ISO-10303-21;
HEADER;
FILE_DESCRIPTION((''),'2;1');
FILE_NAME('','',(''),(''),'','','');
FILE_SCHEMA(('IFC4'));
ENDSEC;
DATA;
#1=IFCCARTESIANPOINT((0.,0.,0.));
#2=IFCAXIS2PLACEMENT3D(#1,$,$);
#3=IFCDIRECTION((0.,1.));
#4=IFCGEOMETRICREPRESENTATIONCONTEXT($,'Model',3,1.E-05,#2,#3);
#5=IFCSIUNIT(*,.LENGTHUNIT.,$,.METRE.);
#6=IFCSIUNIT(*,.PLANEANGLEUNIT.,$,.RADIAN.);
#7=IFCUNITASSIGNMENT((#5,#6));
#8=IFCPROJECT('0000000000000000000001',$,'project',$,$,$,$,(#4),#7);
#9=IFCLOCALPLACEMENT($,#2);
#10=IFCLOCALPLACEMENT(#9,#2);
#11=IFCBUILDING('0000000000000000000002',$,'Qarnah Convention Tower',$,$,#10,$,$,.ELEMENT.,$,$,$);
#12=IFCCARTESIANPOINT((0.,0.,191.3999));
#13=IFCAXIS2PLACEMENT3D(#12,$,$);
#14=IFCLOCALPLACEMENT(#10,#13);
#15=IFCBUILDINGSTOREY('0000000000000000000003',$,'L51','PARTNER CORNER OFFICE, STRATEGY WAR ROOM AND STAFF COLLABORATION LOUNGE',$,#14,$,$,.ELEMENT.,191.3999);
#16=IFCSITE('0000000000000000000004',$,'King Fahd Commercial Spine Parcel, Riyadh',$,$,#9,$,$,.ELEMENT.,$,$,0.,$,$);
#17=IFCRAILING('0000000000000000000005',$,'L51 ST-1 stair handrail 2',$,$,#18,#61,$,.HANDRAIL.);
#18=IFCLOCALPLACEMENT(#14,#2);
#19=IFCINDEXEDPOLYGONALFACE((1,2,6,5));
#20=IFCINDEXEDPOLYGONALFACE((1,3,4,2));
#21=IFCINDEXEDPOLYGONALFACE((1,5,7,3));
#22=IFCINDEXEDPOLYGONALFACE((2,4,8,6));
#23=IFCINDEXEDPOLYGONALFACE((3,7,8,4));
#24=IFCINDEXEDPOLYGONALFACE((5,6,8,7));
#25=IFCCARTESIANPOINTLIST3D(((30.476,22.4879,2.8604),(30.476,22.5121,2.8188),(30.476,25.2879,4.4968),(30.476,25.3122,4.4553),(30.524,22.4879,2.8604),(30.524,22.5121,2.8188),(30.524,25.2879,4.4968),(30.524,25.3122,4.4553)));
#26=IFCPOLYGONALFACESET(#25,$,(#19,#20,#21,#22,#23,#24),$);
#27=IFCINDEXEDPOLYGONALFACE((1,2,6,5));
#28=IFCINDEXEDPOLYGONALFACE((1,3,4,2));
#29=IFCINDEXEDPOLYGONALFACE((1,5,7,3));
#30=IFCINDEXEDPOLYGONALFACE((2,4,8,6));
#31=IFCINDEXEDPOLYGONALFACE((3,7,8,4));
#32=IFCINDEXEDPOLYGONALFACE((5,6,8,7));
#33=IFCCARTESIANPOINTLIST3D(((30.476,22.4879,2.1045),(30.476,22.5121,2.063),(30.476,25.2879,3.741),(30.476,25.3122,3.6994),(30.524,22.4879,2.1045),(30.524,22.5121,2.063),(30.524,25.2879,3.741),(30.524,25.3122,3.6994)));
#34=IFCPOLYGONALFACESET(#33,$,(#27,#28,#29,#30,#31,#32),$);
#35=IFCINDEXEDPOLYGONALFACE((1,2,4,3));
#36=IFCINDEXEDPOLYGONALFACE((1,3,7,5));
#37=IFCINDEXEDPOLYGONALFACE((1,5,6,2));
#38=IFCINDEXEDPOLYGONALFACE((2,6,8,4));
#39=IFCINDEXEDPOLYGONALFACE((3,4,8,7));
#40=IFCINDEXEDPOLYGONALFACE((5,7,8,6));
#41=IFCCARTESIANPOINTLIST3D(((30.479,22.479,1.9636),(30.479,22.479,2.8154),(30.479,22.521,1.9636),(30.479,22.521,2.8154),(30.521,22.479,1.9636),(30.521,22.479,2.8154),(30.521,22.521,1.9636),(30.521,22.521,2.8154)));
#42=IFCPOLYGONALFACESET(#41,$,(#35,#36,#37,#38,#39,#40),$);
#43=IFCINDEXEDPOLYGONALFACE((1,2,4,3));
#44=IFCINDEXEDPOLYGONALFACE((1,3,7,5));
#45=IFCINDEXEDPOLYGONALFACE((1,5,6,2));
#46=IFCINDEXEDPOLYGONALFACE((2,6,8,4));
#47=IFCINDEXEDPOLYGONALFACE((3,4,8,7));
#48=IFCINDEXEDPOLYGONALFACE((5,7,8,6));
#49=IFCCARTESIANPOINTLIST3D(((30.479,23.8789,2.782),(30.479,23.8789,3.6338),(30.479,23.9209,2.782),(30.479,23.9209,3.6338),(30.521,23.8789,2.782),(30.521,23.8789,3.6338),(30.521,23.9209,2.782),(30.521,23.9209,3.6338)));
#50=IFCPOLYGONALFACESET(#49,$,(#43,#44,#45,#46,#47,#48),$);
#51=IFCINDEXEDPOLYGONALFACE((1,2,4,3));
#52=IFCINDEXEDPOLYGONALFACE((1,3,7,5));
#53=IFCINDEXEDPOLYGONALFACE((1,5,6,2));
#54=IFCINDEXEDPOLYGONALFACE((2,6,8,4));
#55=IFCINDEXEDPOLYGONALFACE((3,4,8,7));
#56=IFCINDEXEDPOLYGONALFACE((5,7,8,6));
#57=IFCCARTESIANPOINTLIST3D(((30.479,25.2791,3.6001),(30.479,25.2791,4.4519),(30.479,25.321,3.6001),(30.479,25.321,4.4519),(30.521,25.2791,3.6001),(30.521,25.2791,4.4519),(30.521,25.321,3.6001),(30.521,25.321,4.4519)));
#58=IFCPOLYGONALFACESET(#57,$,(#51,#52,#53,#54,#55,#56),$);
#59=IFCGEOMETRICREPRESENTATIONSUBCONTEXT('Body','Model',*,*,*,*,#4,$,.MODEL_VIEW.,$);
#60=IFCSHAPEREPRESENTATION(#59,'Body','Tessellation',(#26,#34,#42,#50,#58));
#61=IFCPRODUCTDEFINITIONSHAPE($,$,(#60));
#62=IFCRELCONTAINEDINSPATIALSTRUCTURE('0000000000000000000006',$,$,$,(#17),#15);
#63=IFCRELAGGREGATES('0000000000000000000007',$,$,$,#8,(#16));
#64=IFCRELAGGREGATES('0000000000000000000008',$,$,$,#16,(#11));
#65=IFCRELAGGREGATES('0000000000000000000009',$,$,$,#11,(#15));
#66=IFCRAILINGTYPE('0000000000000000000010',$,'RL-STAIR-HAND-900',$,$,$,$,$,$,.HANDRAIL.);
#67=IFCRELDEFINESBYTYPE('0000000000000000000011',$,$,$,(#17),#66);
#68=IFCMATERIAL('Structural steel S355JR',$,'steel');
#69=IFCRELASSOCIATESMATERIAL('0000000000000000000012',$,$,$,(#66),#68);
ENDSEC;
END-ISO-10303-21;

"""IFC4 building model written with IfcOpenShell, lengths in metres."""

from ifc_helpers import new_model, si_unit, direction, frame, origin, origin_2d, place, context, subcontext, project, spatial, rectangle, extrude, material, type_object, element, save


model = new_model("IFC4")

# Units and contexts
model_context = context("Model", 3, precision=1e-05, world=origin(), true_north=direction((0.0, 1.0)))
body_context = subcontext(model_context, "Body", "Model", "MODEL_VIEW")
ifc_project = project(units=[si_unit("LENGTHUNIT", "METRE"), si_unit("PLANEANGLEUNIT", "RADIAN")], contexts=[model_context])

# Site, building, storey
site_placement = place(None, origin())
site = spatial("IfcSite", under=ifc_project, at=site_placement, Name="King Fahd Commercial Spine Parcel, Riyadh", CompositionType="ELEMENT", RefElevation=0.0)
building_placement = place(site_placement, origin())
building = spatial("IfcBuilding", under=site, at=building_placement, Name="Qarnah Convention Tower", CompositionType="ELEMENT")
storey_placement = place(building_placement, frame((0.0, 0.0, 191.3999)))
storey = spatial("IfcBuildingStorey", under=building, at=storey_placement, Name="L51", Description="PARTNER CORNER OFFICE, STRATEGY WAR ROOM AND STAFF COLLABORATION LOUNGE", CompositionType="ELEMENT", Elevation=191.3999)

# Shared definitions
ifc_material_1 = material(Name="Structural steel S355JR", Category="steel")

# Railing
railing_type_1 = type_object("IfcRailingType", Name="RL-STAIR-HAND-900", PredefinedType="HANDRAIL", material=ifc_material_1)
railing_1_placement = place(storey_placement, frame((30.5, 22.5, 1.9636)))
element("IfcRailing", 1, at=railing_1_placement, inside=storey, type_object=railing_type_1, Name="L51 ST-1 stair handrail 2", PredefinedType="HANDRAIL", context=body_context, shape_type="SweptSolid", body=[
    extrude(rectangle(XDim=0.0481, YDim=0.0481, at=origin_2d()), frame((0.0, 0.0, 0.876), z_axis=(0.0, 0.863361, 0.504587), x_axis=(-1.0, 0.0, 0.0)), (0.0, 0.0, 1.0), 3.2432),
    extrude(rectangle(XDim=0.0481, YDim=0.0481, at=origin_2d()), frame((0.0, 0.0, 0.1201), z_axis=(0.0, 0.863361, 0.504587), x_axis=(-1.0, 0.0, 0.0)), (0.0, 0.0, 1.0), 3.2432),
    extrude(rectangle(XDim=0.042, YDim=0.042, at=origin_2d()), origin(), (0.0, 0.0, 1.0), 0.8518),
    extrude(rectangle(XDim=0.042, YDim=0.042, at=origin_2d()), frame((0.0, 1.3999, 0.8184)), (0.0, 0.0, 1.0), 0.8518),
    extrude(rectangle(XDim=0.042, YDim=0.042, at=origin_2d()), frame((0.0, 2.8, 1.6365)), (0.0, 0.0, 1.0), 0.8518),
])

save(model, "model.ifc")
